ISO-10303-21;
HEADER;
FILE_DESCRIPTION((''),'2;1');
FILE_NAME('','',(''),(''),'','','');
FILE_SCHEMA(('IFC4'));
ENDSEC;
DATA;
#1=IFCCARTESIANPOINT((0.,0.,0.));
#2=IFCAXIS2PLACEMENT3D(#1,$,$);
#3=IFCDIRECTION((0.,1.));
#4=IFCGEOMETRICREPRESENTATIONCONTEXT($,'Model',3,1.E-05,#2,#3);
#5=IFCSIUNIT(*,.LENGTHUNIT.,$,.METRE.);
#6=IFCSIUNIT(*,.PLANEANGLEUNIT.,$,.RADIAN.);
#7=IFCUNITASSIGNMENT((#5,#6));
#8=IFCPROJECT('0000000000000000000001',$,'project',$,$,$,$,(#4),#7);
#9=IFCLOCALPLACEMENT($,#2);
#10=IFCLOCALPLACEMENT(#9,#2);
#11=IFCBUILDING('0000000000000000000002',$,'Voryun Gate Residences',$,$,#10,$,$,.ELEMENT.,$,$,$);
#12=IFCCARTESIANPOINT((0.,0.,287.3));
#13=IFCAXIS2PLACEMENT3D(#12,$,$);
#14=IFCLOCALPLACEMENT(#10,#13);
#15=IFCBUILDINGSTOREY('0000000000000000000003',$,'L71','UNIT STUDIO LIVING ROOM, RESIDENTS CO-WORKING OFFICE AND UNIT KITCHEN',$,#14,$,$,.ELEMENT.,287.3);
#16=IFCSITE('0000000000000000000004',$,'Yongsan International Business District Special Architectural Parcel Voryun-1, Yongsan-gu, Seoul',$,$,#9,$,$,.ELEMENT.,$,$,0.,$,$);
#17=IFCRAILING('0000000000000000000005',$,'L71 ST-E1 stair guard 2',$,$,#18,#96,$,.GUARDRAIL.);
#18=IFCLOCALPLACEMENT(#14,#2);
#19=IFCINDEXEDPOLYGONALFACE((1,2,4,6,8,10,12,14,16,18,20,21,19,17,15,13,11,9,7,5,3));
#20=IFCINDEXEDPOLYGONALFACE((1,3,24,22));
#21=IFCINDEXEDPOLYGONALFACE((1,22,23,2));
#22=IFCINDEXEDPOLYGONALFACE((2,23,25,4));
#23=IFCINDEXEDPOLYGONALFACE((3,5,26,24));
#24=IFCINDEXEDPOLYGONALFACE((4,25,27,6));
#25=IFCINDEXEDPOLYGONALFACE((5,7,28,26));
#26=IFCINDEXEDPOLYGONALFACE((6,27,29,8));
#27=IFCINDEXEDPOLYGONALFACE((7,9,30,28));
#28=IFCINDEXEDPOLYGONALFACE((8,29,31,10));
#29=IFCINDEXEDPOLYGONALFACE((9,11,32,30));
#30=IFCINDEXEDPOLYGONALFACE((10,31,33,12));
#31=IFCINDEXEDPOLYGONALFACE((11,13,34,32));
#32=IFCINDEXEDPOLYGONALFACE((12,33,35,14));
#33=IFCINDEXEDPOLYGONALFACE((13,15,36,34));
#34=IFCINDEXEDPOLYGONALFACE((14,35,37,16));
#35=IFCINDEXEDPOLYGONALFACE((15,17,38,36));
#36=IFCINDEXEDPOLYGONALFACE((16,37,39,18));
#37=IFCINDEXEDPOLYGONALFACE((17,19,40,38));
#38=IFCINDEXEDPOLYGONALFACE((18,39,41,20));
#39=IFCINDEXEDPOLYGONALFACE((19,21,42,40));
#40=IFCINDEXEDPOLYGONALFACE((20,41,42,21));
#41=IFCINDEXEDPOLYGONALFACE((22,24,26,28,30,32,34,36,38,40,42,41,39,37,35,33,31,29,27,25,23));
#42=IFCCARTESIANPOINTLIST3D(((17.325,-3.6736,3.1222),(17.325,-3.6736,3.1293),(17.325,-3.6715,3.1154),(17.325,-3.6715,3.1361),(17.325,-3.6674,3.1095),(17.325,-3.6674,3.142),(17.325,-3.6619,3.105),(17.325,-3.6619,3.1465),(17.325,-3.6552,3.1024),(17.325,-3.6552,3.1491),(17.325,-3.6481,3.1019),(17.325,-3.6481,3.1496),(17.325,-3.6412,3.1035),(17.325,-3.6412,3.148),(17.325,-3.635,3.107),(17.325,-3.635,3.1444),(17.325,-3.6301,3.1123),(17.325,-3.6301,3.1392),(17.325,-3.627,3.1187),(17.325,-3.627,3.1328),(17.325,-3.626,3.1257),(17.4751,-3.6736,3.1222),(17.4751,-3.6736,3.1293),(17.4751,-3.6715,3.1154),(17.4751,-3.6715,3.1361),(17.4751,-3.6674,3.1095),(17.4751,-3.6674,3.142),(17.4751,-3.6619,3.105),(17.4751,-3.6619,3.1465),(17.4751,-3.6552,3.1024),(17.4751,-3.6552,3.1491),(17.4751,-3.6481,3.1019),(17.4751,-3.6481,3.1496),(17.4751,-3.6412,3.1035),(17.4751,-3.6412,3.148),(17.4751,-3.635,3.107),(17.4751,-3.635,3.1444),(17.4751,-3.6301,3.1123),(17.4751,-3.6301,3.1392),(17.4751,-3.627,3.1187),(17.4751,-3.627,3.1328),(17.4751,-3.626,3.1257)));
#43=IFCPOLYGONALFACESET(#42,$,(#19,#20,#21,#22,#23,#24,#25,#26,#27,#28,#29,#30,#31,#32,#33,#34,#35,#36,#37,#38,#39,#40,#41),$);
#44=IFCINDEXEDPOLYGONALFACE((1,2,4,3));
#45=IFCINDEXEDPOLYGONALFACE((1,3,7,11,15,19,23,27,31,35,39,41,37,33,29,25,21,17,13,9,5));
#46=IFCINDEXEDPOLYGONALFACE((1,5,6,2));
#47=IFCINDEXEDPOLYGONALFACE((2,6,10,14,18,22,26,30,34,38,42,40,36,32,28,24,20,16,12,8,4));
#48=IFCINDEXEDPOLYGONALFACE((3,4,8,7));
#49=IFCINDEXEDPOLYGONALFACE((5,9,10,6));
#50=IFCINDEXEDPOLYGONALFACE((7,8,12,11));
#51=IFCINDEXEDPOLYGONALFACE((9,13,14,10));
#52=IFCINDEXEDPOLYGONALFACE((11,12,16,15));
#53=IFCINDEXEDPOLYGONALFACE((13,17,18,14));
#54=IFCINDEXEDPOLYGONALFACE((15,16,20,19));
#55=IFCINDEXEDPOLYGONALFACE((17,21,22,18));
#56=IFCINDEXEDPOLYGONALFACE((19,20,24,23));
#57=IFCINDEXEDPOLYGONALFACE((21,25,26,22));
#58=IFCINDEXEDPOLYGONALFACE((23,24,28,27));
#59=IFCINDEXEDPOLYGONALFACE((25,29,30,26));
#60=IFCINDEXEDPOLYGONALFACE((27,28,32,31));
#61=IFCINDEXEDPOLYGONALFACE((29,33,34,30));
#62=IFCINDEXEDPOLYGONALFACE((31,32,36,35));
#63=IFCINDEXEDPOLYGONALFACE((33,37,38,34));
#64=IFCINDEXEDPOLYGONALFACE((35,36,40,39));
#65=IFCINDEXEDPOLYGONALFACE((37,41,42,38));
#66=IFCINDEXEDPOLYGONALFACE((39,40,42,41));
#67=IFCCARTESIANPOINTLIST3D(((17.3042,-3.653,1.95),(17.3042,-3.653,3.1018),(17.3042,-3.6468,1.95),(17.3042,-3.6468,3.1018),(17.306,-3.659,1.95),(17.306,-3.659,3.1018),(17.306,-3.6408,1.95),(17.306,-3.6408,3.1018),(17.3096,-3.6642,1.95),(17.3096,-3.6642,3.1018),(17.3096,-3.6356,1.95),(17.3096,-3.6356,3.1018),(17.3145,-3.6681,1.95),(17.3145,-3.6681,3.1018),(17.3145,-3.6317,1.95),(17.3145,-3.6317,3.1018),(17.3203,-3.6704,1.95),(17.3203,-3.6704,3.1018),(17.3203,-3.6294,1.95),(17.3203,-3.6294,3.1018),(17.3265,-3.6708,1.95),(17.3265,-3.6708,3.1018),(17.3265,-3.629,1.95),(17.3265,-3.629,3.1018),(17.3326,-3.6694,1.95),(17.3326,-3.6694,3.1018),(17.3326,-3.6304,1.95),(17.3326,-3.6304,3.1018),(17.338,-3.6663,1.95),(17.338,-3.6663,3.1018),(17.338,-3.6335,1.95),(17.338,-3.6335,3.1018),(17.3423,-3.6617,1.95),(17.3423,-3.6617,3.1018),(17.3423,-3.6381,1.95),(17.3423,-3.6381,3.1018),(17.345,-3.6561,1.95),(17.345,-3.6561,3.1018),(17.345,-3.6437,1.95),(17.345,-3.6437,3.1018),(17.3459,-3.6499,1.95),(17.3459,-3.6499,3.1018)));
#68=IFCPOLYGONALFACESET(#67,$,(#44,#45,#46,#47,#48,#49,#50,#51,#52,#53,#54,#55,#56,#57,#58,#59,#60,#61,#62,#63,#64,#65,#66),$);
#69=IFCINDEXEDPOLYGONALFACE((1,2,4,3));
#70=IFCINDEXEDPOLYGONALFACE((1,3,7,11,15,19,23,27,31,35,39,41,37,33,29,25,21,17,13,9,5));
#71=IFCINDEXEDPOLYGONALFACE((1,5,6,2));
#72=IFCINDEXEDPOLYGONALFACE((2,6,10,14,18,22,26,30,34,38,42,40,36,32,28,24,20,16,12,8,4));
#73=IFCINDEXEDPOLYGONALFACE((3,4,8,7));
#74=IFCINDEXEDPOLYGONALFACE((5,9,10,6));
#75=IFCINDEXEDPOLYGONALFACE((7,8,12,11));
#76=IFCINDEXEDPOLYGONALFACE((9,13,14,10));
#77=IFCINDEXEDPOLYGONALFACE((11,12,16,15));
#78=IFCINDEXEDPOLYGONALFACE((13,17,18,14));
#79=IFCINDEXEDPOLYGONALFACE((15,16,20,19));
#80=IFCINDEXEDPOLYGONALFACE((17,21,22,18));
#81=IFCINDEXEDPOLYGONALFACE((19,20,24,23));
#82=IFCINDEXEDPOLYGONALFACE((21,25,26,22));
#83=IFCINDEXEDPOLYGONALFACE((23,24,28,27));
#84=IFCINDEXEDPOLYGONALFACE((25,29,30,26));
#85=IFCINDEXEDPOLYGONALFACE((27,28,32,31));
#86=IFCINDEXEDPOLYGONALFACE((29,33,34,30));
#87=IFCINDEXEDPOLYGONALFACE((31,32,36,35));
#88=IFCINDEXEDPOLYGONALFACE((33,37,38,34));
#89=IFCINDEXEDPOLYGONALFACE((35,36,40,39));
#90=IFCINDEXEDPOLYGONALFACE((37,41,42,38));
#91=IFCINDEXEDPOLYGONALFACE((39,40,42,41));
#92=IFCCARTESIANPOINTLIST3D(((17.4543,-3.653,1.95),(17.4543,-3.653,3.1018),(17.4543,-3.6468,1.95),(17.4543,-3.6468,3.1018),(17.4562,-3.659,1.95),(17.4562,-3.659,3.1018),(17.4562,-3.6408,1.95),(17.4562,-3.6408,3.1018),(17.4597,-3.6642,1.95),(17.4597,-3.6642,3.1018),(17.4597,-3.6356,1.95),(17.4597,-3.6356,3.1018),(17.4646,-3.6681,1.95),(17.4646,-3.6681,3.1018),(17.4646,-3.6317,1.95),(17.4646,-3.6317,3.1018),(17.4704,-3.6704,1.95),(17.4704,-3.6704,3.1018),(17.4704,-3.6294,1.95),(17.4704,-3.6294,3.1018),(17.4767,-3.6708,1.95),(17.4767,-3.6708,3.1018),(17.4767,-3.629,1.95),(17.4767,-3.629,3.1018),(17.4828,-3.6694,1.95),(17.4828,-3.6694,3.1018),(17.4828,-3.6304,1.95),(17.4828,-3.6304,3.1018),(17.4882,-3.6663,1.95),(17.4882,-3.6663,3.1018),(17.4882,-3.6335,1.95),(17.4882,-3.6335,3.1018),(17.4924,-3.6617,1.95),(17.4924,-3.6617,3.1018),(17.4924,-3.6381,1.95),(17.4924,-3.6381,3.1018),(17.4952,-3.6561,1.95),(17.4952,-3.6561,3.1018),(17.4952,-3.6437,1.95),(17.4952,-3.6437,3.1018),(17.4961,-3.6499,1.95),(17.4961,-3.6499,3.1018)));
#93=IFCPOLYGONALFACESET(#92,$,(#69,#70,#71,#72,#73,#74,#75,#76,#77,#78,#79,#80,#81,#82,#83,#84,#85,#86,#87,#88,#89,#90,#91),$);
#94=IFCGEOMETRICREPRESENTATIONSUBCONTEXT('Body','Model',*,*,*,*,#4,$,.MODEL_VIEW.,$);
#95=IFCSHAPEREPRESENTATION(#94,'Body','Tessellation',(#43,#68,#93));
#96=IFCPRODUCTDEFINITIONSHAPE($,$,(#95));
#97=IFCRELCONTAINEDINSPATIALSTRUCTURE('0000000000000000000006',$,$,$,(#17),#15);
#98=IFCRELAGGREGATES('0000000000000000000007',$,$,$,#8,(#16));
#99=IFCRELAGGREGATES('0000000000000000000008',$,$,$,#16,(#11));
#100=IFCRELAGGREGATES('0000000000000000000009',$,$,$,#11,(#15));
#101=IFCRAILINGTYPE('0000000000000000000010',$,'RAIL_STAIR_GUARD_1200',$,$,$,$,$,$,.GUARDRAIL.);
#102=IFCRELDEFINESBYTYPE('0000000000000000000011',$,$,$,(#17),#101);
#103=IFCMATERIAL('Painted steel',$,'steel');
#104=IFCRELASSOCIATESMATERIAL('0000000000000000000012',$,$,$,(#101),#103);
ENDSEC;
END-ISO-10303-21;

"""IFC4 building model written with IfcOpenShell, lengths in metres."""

from ifc_helpers import new_model, si_unit, direction, frame, origin, origin_2d, place, context, subcontext, project, spatial, circle, extrude, material, type_object, element, save


model = new_model("IFC4")

# Units and contexts
model_context = context("Model", 3, precision=1e-05, world=origin(), true_north=direction((0.0, 1.0)))
body_context = subcontext(model_context, "Body", "Model", "MODEL_VIEW")
ifc_project = project(units=[si_unit("LENGTHUNIT", "METRE"), si_unit("PLANEANGLEUNIT", "RADIAN")], contexts=[model_context])

# Site, building, storey
site_placement = place(None, origin())
site = spatial("IfcSite", under=ifc_project, at=site_placement, Name="Yongsan International Business District Special Architectural Parcel Voryun-1, Yongsan-gu, Seoul", CompositionType="ELEMENT", RefElevation=0.0)
building_placement = place(site_placement, origin())
building = spatial("IfcBuilding", under=site, at=building_placement, Name="Voryun Gate Residences", CompositionType="ELEMENT")
storey_placement = place(building_placement, frame((0.0, 0.0, 287.3)))
storey = spatial("IfcBuildingStorey", under=building, at=storey_placement, Name="L71", Description="UNIT STUDIO LIVING ROOM, RESIDENTS CO-WORKING OFFICE AND UNIT KITCHEN", CompositionType="ELEMENT", Elevation=287.3)

# Railing
ifc_material_1 = material(Name="Painted steel", Category="steel")
railing_type_1 = type_object("IfcRailingType", Name="RAIL_STAIR_GUARD_1200", PredefinedType="GUARDRAIL", material=ifc_material_1)
railing_1_placement = place(storey_placement, frame((17.325, -3.6499, 1.95)))
element("IfcRailing", 1, at=railing_1_placement, inside=storey, type_object=railing_type_1, Name="L71 ST-E1 stair guard 2", PredefinedType="GUARDRAIL", context=body_context, shape_type="SweptSolid", body=[
    extrude(circle(Radius=0.0239, at=origin_2d()), frame((0.0, 0.0, 1.1758), z_axis=(1.0, 0.0, 0.0), x_axis=(0.0, 1.0, 0.0)), (0.0, 0.0, 1.0), 0.1501),
    extrude(circle(Radius=0.021, at=origin_2d()), origin(), (0.0, 0.0, 1.0), 1.1519),
    extrude(circle(Radius=0.021, at=origin_2d()), frame((0.1501, 0.0, 0.0)), (0.0, 0.0, 1.0), 1.1519),
])

save(model, "model.ifc")
